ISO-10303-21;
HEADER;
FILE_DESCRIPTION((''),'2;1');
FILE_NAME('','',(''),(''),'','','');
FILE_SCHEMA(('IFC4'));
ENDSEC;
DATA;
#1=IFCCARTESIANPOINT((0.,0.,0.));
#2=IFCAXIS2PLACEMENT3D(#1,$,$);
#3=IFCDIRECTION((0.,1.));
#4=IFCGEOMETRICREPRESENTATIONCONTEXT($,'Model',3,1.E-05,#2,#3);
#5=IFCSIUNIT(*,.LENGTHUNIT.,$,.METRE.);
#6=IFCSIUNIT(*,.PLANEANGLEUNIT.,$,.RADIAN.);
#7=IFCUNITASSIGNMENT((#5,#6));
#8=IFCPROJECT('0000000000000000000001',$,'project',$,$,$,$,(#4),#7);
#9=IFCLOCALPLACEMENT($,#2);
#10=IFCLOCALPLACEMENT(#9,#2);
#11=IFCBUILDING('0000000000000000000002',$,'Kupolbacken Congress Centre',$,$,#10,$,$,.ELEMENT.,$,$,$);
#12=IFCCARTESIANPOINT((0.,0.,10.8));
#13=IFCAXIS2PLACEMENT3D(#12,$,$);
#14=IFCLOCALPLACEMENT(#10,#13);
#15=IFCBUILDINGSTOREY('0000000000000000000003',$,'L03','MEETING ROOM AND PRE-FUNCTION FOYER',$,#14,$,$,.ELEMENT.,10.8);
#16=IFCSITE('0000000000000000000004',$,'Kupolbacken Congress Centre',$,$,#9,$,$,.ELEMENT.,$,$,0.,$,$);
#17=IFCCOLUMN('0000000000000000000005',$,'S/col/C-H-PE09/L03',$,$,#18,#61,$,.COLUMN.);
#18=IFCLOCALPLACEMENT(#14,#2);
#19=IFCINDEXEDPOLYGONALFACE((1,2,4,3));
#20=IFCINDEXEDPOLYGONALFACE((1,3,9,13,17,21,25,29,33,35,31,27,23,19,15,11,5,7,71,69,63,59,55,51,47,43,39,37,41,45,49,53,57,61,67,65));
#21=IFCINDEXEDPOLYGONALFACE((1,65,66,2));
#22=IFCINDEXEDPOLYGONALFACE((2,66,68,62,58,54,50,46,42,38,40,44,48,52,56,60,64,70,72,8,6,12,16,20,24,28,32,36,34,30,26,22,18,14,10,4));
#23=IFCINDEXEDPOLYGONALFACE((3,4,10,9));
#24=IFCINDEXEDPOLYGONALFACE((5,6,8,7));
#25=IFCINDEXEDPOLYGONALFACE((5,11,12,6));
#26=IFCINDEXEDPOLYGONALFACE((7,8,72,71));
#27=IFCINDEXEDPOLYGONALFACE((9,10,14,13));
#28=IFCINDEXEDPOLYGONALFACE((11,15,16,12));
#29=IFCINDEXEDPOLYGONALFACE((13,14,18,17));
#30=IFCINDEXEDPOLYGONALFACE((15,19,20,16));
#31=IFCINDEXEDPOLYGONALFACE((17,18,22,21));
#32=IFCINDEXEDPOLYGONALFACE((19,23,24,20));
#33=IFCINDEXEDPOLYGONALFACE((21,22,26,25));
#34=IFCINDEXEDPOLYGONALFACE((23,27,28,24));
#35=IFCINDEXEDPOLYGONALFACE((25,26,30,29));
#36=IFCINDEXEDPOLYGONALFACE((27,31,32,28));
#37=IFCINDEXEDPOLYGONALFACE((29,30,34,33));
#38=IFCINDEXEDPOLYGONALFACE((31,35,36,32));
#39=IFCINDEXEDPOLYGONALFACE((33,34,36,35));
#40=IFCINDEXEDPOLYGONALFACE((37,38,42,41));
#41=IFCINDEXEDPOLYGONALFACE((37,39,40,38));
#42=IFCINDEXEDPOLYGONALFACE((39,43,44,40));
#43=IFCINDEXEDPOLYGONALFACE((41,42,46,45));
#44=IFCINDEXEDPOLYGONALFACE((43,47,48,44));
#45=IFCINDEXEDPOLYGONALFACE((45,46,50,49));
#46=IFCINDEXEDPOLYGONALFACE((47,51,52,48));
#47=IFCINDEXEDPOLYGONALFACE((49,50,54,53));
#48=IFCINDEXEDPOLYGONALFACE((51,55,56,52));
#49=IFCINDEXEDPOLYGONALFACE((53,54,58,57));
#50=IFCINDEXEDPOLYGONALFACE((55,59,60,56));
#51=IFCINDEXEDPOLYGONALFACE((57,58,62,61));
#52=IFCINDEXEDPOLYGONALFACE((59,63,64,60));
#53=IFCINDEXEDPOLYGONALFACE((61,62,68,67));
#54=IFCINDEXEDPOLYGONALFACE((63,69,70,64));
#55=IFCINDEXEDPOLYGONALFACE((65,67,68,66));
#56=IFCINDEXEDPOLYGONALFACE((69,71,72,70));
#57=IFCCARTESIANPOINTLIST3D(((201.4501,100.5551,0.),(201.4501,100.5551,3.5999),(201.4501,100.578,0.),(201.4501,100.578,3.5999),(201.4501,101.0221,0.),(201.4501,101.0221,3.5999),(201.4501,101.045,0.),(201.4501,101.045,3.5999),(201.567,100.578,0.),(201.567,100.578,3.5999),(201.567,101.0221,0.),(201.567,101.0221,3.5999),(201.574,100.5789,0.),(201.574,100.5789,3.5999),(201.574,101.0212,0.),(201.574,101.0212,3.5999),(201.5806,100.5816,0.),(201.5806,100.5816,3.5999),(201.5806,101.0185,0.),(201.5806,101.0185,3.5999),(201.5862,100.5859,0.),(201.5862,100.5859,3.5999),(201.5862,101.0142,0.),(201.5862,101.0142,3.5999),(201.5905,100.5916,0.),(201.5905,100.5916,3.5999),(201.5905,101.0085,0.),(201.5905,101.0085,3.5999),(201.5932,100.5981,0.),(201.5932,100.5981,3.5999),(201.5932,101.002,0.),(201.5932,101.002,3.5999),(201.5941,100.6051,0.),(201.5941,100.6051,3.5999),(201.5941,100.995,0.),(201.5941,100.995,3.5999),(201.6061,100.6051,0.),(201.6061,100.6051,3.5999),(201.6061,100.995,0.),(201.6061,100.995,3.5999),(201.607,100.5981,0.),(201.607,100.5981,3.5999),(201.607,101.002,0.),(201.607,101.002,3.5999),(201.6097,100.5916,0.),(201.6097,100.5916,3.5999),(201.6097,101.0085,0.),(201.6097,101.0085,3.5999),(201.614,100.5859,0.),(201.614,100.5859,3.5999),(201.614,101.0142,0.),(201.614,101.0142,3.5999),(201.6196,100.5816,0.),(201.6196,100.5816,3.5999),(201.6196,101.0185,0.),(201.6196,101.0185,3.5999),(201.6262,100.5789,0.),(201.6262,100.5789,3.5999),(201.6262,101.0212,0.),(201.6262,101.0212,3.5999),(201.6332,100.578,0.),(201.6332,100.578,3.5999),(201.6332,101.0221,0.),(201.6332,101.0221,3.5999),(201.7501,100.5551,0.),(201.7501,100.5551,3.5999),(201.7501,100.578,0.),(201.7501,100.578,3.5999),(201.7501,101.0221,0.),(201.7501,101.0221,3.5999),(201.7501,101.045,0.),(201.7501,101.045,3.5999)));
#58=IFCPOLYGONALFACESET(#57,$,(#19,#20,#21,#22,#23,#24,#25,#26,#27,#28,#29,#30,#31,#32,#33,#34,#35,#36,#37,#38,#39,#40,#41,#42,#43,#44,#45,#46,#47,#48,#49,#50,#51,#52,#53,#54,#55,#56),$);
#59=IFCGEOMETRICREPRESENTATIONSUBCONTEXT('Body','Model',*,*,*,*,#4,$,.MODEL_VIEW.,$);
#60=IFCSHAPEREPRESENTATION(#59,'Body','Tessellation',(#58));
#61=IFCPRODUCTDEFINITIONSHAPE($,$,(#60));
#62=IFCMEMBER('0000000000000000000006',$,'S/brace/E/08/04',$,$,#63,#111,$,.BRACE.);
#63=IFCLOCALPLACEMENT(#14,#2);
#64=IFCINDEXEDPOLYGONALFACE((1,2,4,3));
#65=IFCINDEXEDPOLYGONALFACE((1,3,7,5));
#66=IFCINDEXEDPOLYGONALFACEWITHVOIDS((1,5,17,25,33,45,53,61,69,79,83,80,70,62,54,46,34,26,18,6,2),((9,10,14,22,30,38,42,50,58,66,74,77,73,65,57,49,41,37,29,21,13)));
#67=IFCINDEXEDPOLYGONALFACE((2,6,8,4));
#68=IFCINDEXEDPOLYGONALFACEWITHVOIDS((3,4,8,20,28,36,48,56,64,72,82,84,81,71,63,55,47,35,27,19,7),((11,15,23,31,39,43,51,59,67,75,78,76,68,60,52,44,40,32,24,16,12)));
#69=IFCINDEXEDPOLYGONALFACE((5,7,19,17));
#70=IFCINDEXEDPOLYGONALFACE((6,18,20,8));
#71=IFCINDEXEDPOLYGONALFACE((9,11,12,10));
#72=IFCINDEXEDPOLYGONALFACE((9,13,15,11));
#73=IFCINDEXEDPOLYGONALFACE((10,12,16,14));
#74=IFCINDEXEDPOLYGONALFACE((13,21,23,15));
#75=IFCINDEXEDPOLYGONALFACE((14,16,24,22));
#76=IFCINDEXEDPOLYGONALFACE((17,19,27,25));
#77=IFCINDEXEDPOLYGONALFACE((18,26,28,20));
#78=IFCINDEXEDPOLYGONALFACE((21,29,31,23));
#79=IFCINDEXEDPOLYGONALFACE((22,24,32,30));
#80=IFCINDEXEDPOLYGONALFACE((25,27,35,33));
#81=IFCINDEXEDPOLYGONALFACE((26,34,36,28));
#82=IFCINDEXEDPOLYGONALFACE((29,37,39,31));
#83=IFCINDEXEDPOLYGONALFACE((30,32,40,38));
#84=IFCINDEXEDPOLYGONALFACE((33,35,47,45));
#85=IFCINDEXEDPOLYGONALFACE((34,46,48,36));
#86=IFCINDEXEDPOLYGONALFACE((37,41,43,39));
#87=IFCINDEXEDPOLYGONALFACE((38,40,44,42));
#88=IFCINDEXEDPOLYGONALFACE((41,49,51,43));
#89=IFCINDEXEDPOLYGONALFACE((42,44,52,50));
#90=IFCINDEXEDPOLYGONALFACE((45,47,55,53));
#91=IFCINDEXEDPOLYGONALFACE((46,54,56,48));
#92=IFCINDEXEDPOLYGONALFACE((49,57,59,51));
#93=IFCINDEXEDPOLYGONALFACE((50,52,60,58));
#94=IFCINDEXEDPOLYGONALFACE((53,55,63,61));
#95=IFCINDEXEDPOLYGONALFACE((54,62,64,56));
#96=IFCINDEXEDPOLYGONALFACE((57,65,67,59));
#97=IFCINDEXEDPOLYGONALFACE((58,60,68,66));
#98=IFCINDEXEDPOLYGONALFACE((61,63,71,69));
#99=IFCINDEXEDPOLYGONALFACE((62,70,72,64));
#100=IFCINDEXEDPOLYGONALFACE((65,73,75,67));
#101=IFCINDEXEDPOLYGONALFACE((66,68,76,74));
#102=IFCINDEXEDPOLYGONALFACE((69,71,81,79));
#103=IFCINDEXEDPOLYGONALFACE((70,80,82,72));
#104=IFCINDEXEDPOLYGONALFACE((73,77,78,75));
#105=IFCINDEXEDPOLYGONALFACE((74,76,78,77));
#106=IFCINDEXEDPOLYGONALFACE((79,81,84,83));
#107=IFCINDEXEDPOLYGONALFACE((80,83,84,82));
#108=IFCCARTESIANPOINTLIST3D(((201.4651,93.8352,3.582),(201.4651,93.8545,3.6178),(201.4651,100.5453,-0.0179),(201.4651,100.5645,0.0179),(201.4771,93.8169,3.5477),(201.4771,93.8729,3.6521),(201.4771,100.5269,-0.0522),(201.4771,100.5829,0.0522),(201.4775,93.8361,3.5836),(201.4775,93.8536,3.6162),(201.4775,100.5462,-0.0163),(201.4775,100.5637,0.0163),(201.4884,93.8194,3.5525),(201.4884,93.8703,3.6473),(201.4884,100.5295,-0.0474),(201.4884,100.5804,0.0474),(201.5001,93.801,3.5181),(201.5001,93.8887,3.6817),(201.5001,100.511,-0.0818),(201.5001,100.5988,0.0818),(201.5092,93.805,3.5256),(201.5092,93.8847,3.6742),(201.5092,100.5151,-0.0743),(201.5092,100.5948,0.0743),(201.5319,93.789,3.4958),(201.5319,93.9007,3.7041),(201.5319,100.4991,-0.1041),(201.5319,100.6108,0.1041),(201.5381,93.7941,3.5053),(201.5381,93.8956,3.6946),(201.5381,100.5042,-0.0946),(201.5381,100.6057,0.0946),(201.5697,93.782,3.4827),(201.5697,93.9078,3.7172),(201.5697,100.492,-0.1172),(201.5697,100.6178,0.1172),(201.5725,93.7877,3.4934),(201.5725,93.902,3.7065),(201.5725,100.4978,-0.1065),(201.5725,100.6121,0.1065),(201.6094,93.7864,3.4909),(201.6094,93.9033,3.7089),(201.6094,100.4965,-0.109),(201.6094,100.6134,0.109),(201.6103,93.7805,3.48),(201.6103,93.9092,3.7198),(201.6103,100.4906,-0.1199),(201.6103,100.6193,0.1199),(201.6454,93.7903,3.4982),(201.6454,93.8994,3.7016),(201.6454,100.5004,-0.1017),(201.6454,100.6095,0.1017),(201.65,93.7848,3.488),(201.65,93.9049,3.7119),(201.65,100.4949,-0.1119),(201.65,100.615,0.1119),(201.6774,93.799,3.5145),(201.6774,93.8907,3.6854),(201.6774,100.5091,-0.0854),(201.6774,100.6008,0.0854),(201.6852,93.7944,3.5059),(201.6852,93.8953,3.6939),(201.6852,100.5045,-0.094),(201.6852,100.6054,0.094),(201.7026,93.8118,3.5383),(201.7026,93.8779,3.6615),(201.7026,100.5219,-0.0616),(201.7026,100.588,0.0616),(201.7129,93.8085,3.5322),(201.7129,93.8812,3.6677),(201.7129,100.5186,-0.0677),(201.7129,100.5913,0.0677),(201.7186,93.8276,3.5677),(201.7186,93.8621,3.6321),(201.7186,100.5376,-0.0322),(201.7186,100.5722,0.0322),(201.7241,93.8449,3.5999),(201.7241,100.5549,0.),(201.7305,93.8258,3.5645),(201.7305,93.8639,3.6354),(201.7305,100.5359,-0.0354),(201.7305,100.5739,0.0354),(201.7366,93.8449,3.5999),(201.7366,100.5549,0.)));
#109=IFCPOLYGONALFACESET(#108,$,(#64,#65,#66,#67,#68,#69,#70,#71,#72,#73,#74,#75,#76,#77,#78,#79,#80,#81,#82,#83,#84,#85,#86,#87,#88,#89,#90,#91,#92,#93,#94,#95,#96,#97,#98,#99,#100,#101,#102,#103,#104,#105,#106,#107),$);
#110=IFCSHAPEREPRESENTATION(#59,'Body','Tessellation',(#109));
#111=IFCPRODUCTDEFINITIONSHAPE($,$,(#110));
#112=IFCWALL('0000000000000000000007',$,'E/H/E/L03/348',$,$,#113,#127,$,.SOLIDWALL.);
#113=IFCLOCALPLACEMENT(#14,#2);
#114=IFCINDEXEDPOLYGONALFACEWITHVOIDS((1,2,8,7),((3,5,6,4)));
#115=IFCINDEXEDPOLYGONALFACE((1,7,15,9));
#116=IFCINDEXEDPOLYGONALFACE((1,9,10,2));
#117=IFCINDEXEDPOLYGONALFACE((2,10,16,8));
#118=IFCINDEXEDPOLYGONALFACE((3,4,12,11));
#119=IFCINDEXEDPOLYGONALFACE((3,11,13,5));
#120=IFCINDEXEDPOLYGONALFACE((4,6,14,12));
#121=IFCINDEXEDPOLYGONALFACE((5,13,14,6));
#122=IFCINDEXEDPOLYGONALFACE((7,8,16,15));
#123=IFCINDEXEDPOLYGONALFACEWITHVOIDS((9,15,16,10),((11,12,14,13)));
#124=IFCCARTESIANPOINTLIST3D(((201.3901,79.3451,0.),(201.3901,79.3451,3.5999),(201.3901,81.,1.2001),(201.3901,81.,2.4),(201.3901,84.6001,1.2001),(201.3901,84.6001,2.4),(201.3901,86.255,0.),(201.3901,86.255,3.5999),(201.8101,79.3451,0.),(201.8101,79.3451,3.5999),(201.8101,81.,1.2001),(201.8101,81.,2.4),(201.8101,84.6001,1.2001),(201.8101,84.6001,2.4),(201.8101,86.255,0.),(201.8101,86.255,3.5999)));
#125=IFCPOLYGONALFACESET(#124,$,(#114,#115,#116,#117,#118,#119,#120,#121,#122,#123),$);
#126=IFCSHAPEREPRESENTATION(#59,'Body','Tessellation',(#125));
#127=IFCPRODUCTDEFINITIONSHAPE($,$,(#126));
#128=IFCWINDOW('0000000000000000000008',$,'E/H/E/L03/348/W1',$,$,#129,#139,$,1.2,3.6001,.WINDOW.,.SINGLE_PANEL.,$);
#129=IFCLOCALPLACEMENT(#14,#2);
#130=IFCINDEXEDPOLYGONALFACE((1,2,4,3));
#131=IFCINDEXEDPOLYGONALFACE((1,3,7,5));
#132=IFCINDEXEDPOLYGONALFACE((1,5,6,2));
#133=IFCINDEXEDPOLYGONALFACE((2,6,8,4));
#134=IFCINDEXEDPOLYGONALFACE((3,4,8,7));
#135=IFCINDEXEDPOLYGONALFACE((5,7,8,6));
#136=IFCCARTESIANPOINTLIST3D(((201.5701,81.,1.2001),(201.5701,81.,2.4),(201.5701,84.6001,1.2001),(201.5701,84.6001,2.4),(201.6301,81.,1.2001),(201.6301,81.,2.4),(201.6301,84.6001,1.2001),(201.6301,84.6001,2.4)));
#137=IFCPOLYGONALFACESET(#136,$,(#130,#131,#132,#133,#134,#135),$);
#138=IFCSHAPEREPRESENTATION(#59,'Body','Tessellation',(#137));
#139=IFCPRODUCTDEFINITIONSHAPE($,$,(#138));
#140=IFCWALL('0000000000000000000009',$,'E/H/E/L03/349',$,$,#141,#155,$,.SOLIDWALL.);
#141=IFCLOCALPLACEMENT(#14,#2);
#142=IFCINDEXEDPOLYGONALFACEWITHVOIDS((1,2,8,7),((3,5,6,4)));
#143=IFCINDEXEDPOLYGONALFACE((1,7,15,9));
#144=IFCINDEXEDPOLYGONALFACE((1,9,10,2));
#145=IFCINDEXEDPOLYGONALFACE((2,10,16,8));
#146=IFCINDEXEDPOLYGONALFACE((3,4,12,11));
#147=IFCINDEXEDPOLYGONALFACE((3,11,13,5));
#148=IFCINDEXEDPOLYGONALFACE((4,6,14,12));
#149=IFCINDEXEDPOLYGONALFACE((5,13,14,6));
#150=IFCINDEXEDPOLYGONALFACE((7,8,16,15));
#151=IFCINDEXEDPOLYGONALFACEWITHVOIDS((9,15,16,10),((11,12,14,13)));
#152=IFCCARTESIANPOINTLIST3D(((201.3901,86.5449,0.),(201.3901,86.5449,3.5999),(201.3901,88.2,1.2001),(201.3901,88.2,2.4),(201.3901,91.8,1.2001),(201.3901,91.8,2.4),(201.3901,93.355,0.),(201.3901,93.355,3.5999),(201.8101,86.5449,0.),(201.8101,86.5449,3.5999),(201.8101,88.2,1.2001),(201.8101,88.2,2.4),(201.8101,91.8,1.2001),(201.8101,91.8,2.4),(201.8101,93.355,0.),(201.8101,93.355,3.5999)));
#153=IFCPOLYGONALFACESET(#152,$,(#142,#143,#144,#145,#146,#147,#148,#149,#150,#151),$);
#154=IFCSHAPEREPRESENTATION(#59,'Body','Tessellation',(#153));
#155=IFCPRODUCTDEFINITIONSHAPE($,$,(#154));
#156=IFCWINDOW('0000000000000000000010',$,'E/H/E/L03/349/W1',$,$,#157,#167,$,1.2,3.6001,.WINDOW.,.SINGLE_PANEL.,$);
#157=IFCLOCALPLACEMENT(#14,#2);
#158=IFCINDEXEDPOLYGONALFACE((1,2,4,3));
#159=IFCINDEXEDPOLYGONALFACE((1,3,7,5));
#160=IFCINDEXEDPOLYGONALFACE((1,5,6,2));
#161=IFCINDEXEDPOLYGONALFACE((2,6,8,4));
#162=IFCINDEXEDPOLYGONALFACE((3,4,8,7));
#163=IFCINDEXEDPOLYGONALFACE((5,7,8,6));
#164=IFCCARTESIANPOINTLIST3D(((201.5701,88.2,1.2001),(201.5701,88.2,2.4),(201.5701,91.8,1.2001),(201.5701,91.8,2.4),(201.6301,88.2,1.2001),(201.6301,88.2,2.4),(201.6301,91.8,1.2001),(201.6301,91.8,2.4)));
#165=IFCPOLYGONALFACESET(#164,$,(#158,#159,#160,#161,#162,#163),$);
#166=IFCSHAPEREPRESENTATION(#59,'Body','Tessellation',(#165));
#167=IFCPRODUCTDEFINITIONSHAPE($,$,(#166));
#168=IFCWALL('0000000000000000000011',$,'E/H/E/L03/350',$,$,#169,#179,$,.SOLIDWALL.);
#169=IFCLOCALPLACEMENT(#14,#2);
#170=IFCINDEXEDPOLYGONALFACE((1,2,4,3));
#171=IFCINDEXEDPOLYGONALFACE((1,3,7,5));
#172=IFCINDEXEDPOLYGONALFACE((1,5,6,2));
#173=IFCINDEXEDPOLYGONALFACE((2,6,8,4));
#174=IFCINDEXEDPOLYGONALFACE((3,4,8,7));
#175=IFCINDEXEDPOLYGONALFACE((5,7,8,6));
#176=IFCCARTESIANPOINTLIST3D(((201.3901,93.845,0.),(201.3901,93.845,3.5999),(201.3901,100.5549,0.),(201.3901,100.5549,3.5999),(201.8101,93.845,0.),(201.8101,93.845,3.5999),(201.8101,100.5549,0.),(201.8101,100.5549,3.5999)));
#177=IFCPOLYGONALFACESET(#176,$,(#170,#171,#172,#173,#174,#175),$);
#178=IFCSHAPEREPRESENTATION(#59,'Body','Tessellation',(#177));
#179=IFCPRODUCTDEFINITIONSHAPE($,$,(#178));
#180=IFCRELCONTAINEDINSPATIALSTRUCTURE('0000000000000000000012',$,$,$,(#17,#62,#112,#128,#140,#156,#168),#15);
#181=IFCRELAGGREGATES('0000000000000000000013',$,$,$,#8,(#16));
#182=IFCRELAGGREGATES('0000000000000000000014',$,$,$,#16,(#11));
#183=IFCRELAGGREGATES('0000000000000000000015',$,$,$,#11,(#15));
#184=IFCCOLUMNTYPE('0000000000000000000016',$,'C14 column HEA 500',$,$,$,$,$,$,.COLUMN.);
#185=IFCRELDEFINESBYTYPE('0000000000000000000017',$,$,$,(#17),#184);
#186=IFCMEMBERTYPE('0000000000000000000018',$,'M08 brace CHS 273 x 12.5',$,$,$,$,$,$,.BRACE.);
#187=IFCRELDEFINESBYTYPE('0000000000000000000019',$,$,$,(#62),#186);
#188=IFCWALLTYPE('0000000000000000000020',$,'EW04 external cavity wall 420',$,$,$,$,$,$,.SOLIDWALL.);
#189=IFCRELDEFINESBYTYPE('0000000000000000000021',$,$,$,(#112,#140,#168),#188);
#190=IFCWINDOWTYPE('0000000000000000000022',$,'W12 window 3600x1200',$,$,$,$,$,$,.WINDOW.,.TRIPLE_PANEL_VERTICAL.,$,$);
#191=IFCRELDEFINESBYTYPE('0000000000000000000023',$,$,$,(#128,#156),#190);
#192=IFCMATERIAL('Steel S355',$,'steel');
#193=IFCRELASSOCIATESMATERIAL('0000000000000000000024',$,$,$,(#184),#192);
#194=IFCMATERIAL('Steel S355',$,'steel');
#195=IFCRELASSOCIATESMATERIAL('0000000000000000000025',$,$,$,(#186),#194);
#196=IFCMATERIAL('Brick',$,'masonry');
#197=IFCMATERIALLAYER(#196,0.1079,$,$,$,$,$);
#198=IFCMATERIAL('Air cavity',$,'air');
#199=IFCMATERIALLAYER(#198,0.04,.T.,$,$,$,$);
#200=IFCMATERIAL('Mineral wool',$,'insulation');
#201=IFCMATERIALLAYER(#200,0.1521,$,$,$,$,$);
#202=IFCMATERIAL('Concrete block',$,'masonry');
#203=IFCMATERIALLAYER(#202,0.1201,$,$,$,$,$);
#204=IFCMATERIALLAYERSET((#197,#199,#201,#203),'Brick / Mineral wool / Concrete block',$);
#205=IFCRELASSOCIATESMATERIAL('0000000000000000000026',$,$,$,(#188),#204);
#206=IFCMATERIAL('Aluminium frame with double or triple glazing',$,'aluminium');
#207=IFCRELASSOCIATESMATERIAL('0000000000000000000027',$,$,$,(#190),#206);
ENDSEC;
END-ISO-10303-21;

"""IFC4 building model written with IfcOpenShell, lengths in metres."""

from ifc_helpers import new_model, si_unit, direction, frame, frame_2d, origin, origin_2d, place, context, subcontext, project, spatial, rectangle, hollow_circle, i_section, extrude, material, layer, layer_set, material_profile, profile_set, type_object, element, fill, save


model = new_model("IFC4")

# Units and contexts
model_context = context("Model", 3, precision=1e-05, world=origin(), true_north=direction((0.0, 1.0)))
body_context = subcontext(model_context, "Body", "Model", "MODEL_VIEW")
ifc_project = project(units=[si_unit("LENGTHUNIT", "METRE"), si_unit("PLANEANGLEUNIT", "RADIAN")], contexts=[model_context])

# Site, building, storey
site_placement = place(None, origin())
site = spatial("IfcSite", under=ifc_project, at=site_placement, Name="Kupolbacken Congress Centre", CompositionType="ELEMENT", RefElevation=0.0)
building_placement = place(site_placement, origin())
building = spatial("IfcBuilding", under=site, at=building_placement, Name="Kupolbacken Congress Centre", CompositionType="ELEMENT")
storey_placement = place(building_placement, frame((0.0, 0.0, 10.8)))
storey = spatial("IfcBuildingStorey", under=building, at=storey_placement, Name="L03", Description="MEETING ROOM AND PRE-FUNCTION FOYER", CompositionType="ELEMENT", Elevation=10.8)

# Column
ifc_material_1 = material(Name="Steel S355", Category="steel")
ifc_material_profile_1 = material_profile(ifc_material_1, i_section(OverallWidth=0.3, OverallDepth=0.49, WebThickness=0.012, FlangeThickness=0.0229, FilletRadius=0.0271, at=origin_2d()), Name="HEA 500")
ifc_profile_set_1 = profile_set([ifc_material_profile_1], Name="Steel S355")
column_type_1 = type_object("IfcColumnType", Name="C14 column HEA 500", PredefinedType="COLUMN", material=ifc_profile_set_1)
for number, where, z_axis, x_axis, name in (
    (1, (201.6001, 100.8, 0.0), (0.0, 0.0, 1.0), (1.0, 0.0, 0.0), "S/col/C-H-PE09/L03"),
):
    element("IfcColumn", number, at=place(storey_placement, frame(where, z_axis=z_axis, x_axis=x_axis)), inside=storey, type_object=column_type_1, Name=name, PredefinedType="COLUMN", context=body_context, shape_type="SweptSolid", body=[
        extrude(i_section(OverallWidth=0.3, OverallDepth=0.49, WebThickness=0.012, FlangeThickness=0.0229, FilletRadius=0.0271, at=origin_2d()), origin(), (0.0, 0.0, 1.0), 3.5999),
    ])

# Member
ifc_material_2 = material(Name="Steel S355", Category="steel")
ifc_material_profile_2 = material_profile(ifc_material_2, hollow_circle(Radius=0.1365, WallThickness=0.0125, at=origin_2d()), Name="CHS 273 x 12.5")
ifc_profile_set_2 = profile_set([ifc_material_profile_2], Name="Steel S355")
member_type = type_object("IfcMemberType", Name="M08 brace CHS 273 x 12.5", PredefinedType="BRACE", material=ifc_profile_set_2)
member_placement = place(storey_placement, frame((201.6001, 100.5549, 0.0), z_axis=(0.0, -0.881194, 0.472755), x_axis=(1.0, 0.0, 0.0)))
element("IfcMember", 2, at=member_placement, inside=storey, type_object=member_type, Name="S/brace/E/08/04", PredefinedType="BRACE", context=body_context, shape_type="SweptSolid", body=[
    extrude(hollow_circle(Radius=0.1365, WallThickness=0.0125, at=origin_2d()), origin(), (0.0, 0.0, 1.0), 7.6147),
])

# Walls, openings, windows
ifc_material_3 = material(Name="Brick", Category="masonry")
ifc_layer_1 = layer(ifc_material_3, 0.1079)
ifc_material_4 = material(Name="Air cavity", Category="air")
ifc_layer_2 = layer(ifc_material_4, 0.04, ventilated=True)
ifc_material_5 = material(Name="Mineral wool", Category="insulation")
ifc_layer_3 = layer(ifc_material_5, 0.1521)
ifc_material_6 = material(Name="Concrete block", Category="masonry")
ifc_layer_4 = layer(ifc_material_6, 0.1201)
ifc_layer_set_1 = layer_set([ifc_layer_1, ifc_layer_2, ifc_layer_3, ifc_layer_4], Name="Brick / Mineral wool / Concrete block")
wall_type = type_object("IfcWallType", Name="EW04 external cavity wall 420", PredefinedType="SOLIDWALL", material=ifc_layer_set_1)
wall_1_placement = place(storey_placement, frame((201.6001, 79.345, 0.0), z_axis=(0.0, 0.0, 1.0), x_axis=(0.0, 1.0, 0.0)))
wall_1 = element("IfcWall", 3, at=wall_1_placement, inside=storey, type_object=wall_type, Name="E/H/E/L03/348", PredefinedType="SOLIDWALL", context=body_context, shape_type="SweptSolid", body=[
    extrude(rectangle(XDim=6.9099, YDim=0.4199, at=frame_2d((3.4551, 0.0))), origin(), (0.0, 0.0, 1.0), 3.5999),
])
opening_1_placement = place(wall_1_placement, frame((1.655, 0.0, 1.2)))
opening_1 = element("IfcOpeningElement", 4, at=opening_1_placement, cuts=wall_1, PredefinedType="OPENING", context=body_context, shape_type="SweptSolid", body=[
    extrude(rectangle(XDim=3.6001, YDim=1.2, at=frame_2d((1.8, 0.6001))), frame((0.0, 0.22, 0.0), z_axis=(0.0, -1.0, 0.0), x_axis=(1.0, 0.0, 0.0)), (0.0, 0.0, 1.0), 0.4399),
])
ifc_material_7 = material(Name="Aluminium frame with double or triple glazing", Category="aluminium")
window_type = type_object("IfcWindowType", Name="W12 window 3600x1200", PartitioningType="TRIPLE_PANEL_VERTICAL", PredefinedType="WINDOW", material=ifc_material_7)
window_1_placement = place(opening_1_placement, origin())
window_1 = element("IfcWindow", 5, at=window_1_placement, inside=storey, type_object=window_type, Name="E/H/E/L03/348/W1", OverallHeight=1.2, OverallWidth=3.6001, PartitioningType="SINGLE_PANEL", PredefinedType="WINDOW", context=body_context, shape_type="SweptSolid", body=[
    extrude(rectangle(XDim=3.6001, YDim=1.2, at=frame_2d((1.8, 0.6001))), frame((0.0, 0.03, 0.0), z_axis=(0.0, -1.0, 0.0), x_axis=(1.0, 0.0, 0.0)), (0.0, 0.0, 1.0), 0.0601),
])
fill(opening_1, window_1)
wall_2_placement = place(storey_placement, frame((201.6001, 86.5449, 0.0), z_axis=(0.0, 0.0, 1.0), x_axis=(0.0, 1.0, 0.0)))
wall_2 = element("IfcWall", 6, at=wall_2_placement, inside=storey, type_object=wall_type, Name="E/H/E/L03/349", PredefinedType="SOLIDWALL", context=body_context, shape_type="SweptSolid", body=[
    extrude(rectangle(XDim=6.8101, YDim=0.4199, at=frame_2d((3.405, 0.0))), origin(), (0.0, 0.0, 1.0), 3.5999),
])
opening_2_placement = place(wall_2_placement, frame((1.655, 0.0, 1.2)))
opening_2 = element("IfcOpeningElement", 7, at=opening_2_placement, cuts=wall_2, PredefinedType="OPENING", context=body_context, shape_type="SweptSolid", body=[
    extrude(rectangle(XDim=3.6001, YDim=1.2, at=frame_2d((1.8, 0.6001))), frame((0.0, 0.22, 0.0), z_axis=(0.0, -1.0, 0.0), x_axis=(1.0, 0.0, 0.0)), (0.0, 0.0, 1.0), 0.4399),
])
window_2_placement = place(opening_2_placement, origin())
window_2 = element("IfcWindow", 8, at=window_2_placement, inside=storey, type_object=window_type, Name="E/H/E/L03/349/W1", OverallHeight=1.2, OverallWidth=3.6001, PartitioningType="SINGLE_PANEL", PredefinedType="WINDOW", context=body_context, shape_type="SweptSolid", body=[
    extrude(rectangle(XDim=3.6001, YDim=1.2, at=frame_2d((1.8, 0.6001))), frame((0.0, 0.03, 0.0), z_axis=(0.0, -1.0, 0.0), x_axis=(1.0, 0.0, 0.0)), (0.0, 0.0, 1.0), 0.0601),
])
fill(opening_2, window_2)

# Wall
wall_3_placement = place(storey_placement, frame((201.6001, 93.845, 0.0), z_axis=(0.0, 0.0, 1.0), x_axis=(0.0, 1.0, 0.0)))
element("IfcWall", 9, at=wall_3_placement, inside=storey, type_object=wall_type, Name="E/H/E/L03/350", PredefinedType="SOLIDWALL", context=body_context, shape_type="SweptSolid", body=[
    extrude(rectangle(XDim=6.71, YDim=0.4199, at=frame_2d((3.355, 0.0))), origin(), (0.0, 0.0, 1.0), 3.5999),
])

save(model, "model.ifc")
